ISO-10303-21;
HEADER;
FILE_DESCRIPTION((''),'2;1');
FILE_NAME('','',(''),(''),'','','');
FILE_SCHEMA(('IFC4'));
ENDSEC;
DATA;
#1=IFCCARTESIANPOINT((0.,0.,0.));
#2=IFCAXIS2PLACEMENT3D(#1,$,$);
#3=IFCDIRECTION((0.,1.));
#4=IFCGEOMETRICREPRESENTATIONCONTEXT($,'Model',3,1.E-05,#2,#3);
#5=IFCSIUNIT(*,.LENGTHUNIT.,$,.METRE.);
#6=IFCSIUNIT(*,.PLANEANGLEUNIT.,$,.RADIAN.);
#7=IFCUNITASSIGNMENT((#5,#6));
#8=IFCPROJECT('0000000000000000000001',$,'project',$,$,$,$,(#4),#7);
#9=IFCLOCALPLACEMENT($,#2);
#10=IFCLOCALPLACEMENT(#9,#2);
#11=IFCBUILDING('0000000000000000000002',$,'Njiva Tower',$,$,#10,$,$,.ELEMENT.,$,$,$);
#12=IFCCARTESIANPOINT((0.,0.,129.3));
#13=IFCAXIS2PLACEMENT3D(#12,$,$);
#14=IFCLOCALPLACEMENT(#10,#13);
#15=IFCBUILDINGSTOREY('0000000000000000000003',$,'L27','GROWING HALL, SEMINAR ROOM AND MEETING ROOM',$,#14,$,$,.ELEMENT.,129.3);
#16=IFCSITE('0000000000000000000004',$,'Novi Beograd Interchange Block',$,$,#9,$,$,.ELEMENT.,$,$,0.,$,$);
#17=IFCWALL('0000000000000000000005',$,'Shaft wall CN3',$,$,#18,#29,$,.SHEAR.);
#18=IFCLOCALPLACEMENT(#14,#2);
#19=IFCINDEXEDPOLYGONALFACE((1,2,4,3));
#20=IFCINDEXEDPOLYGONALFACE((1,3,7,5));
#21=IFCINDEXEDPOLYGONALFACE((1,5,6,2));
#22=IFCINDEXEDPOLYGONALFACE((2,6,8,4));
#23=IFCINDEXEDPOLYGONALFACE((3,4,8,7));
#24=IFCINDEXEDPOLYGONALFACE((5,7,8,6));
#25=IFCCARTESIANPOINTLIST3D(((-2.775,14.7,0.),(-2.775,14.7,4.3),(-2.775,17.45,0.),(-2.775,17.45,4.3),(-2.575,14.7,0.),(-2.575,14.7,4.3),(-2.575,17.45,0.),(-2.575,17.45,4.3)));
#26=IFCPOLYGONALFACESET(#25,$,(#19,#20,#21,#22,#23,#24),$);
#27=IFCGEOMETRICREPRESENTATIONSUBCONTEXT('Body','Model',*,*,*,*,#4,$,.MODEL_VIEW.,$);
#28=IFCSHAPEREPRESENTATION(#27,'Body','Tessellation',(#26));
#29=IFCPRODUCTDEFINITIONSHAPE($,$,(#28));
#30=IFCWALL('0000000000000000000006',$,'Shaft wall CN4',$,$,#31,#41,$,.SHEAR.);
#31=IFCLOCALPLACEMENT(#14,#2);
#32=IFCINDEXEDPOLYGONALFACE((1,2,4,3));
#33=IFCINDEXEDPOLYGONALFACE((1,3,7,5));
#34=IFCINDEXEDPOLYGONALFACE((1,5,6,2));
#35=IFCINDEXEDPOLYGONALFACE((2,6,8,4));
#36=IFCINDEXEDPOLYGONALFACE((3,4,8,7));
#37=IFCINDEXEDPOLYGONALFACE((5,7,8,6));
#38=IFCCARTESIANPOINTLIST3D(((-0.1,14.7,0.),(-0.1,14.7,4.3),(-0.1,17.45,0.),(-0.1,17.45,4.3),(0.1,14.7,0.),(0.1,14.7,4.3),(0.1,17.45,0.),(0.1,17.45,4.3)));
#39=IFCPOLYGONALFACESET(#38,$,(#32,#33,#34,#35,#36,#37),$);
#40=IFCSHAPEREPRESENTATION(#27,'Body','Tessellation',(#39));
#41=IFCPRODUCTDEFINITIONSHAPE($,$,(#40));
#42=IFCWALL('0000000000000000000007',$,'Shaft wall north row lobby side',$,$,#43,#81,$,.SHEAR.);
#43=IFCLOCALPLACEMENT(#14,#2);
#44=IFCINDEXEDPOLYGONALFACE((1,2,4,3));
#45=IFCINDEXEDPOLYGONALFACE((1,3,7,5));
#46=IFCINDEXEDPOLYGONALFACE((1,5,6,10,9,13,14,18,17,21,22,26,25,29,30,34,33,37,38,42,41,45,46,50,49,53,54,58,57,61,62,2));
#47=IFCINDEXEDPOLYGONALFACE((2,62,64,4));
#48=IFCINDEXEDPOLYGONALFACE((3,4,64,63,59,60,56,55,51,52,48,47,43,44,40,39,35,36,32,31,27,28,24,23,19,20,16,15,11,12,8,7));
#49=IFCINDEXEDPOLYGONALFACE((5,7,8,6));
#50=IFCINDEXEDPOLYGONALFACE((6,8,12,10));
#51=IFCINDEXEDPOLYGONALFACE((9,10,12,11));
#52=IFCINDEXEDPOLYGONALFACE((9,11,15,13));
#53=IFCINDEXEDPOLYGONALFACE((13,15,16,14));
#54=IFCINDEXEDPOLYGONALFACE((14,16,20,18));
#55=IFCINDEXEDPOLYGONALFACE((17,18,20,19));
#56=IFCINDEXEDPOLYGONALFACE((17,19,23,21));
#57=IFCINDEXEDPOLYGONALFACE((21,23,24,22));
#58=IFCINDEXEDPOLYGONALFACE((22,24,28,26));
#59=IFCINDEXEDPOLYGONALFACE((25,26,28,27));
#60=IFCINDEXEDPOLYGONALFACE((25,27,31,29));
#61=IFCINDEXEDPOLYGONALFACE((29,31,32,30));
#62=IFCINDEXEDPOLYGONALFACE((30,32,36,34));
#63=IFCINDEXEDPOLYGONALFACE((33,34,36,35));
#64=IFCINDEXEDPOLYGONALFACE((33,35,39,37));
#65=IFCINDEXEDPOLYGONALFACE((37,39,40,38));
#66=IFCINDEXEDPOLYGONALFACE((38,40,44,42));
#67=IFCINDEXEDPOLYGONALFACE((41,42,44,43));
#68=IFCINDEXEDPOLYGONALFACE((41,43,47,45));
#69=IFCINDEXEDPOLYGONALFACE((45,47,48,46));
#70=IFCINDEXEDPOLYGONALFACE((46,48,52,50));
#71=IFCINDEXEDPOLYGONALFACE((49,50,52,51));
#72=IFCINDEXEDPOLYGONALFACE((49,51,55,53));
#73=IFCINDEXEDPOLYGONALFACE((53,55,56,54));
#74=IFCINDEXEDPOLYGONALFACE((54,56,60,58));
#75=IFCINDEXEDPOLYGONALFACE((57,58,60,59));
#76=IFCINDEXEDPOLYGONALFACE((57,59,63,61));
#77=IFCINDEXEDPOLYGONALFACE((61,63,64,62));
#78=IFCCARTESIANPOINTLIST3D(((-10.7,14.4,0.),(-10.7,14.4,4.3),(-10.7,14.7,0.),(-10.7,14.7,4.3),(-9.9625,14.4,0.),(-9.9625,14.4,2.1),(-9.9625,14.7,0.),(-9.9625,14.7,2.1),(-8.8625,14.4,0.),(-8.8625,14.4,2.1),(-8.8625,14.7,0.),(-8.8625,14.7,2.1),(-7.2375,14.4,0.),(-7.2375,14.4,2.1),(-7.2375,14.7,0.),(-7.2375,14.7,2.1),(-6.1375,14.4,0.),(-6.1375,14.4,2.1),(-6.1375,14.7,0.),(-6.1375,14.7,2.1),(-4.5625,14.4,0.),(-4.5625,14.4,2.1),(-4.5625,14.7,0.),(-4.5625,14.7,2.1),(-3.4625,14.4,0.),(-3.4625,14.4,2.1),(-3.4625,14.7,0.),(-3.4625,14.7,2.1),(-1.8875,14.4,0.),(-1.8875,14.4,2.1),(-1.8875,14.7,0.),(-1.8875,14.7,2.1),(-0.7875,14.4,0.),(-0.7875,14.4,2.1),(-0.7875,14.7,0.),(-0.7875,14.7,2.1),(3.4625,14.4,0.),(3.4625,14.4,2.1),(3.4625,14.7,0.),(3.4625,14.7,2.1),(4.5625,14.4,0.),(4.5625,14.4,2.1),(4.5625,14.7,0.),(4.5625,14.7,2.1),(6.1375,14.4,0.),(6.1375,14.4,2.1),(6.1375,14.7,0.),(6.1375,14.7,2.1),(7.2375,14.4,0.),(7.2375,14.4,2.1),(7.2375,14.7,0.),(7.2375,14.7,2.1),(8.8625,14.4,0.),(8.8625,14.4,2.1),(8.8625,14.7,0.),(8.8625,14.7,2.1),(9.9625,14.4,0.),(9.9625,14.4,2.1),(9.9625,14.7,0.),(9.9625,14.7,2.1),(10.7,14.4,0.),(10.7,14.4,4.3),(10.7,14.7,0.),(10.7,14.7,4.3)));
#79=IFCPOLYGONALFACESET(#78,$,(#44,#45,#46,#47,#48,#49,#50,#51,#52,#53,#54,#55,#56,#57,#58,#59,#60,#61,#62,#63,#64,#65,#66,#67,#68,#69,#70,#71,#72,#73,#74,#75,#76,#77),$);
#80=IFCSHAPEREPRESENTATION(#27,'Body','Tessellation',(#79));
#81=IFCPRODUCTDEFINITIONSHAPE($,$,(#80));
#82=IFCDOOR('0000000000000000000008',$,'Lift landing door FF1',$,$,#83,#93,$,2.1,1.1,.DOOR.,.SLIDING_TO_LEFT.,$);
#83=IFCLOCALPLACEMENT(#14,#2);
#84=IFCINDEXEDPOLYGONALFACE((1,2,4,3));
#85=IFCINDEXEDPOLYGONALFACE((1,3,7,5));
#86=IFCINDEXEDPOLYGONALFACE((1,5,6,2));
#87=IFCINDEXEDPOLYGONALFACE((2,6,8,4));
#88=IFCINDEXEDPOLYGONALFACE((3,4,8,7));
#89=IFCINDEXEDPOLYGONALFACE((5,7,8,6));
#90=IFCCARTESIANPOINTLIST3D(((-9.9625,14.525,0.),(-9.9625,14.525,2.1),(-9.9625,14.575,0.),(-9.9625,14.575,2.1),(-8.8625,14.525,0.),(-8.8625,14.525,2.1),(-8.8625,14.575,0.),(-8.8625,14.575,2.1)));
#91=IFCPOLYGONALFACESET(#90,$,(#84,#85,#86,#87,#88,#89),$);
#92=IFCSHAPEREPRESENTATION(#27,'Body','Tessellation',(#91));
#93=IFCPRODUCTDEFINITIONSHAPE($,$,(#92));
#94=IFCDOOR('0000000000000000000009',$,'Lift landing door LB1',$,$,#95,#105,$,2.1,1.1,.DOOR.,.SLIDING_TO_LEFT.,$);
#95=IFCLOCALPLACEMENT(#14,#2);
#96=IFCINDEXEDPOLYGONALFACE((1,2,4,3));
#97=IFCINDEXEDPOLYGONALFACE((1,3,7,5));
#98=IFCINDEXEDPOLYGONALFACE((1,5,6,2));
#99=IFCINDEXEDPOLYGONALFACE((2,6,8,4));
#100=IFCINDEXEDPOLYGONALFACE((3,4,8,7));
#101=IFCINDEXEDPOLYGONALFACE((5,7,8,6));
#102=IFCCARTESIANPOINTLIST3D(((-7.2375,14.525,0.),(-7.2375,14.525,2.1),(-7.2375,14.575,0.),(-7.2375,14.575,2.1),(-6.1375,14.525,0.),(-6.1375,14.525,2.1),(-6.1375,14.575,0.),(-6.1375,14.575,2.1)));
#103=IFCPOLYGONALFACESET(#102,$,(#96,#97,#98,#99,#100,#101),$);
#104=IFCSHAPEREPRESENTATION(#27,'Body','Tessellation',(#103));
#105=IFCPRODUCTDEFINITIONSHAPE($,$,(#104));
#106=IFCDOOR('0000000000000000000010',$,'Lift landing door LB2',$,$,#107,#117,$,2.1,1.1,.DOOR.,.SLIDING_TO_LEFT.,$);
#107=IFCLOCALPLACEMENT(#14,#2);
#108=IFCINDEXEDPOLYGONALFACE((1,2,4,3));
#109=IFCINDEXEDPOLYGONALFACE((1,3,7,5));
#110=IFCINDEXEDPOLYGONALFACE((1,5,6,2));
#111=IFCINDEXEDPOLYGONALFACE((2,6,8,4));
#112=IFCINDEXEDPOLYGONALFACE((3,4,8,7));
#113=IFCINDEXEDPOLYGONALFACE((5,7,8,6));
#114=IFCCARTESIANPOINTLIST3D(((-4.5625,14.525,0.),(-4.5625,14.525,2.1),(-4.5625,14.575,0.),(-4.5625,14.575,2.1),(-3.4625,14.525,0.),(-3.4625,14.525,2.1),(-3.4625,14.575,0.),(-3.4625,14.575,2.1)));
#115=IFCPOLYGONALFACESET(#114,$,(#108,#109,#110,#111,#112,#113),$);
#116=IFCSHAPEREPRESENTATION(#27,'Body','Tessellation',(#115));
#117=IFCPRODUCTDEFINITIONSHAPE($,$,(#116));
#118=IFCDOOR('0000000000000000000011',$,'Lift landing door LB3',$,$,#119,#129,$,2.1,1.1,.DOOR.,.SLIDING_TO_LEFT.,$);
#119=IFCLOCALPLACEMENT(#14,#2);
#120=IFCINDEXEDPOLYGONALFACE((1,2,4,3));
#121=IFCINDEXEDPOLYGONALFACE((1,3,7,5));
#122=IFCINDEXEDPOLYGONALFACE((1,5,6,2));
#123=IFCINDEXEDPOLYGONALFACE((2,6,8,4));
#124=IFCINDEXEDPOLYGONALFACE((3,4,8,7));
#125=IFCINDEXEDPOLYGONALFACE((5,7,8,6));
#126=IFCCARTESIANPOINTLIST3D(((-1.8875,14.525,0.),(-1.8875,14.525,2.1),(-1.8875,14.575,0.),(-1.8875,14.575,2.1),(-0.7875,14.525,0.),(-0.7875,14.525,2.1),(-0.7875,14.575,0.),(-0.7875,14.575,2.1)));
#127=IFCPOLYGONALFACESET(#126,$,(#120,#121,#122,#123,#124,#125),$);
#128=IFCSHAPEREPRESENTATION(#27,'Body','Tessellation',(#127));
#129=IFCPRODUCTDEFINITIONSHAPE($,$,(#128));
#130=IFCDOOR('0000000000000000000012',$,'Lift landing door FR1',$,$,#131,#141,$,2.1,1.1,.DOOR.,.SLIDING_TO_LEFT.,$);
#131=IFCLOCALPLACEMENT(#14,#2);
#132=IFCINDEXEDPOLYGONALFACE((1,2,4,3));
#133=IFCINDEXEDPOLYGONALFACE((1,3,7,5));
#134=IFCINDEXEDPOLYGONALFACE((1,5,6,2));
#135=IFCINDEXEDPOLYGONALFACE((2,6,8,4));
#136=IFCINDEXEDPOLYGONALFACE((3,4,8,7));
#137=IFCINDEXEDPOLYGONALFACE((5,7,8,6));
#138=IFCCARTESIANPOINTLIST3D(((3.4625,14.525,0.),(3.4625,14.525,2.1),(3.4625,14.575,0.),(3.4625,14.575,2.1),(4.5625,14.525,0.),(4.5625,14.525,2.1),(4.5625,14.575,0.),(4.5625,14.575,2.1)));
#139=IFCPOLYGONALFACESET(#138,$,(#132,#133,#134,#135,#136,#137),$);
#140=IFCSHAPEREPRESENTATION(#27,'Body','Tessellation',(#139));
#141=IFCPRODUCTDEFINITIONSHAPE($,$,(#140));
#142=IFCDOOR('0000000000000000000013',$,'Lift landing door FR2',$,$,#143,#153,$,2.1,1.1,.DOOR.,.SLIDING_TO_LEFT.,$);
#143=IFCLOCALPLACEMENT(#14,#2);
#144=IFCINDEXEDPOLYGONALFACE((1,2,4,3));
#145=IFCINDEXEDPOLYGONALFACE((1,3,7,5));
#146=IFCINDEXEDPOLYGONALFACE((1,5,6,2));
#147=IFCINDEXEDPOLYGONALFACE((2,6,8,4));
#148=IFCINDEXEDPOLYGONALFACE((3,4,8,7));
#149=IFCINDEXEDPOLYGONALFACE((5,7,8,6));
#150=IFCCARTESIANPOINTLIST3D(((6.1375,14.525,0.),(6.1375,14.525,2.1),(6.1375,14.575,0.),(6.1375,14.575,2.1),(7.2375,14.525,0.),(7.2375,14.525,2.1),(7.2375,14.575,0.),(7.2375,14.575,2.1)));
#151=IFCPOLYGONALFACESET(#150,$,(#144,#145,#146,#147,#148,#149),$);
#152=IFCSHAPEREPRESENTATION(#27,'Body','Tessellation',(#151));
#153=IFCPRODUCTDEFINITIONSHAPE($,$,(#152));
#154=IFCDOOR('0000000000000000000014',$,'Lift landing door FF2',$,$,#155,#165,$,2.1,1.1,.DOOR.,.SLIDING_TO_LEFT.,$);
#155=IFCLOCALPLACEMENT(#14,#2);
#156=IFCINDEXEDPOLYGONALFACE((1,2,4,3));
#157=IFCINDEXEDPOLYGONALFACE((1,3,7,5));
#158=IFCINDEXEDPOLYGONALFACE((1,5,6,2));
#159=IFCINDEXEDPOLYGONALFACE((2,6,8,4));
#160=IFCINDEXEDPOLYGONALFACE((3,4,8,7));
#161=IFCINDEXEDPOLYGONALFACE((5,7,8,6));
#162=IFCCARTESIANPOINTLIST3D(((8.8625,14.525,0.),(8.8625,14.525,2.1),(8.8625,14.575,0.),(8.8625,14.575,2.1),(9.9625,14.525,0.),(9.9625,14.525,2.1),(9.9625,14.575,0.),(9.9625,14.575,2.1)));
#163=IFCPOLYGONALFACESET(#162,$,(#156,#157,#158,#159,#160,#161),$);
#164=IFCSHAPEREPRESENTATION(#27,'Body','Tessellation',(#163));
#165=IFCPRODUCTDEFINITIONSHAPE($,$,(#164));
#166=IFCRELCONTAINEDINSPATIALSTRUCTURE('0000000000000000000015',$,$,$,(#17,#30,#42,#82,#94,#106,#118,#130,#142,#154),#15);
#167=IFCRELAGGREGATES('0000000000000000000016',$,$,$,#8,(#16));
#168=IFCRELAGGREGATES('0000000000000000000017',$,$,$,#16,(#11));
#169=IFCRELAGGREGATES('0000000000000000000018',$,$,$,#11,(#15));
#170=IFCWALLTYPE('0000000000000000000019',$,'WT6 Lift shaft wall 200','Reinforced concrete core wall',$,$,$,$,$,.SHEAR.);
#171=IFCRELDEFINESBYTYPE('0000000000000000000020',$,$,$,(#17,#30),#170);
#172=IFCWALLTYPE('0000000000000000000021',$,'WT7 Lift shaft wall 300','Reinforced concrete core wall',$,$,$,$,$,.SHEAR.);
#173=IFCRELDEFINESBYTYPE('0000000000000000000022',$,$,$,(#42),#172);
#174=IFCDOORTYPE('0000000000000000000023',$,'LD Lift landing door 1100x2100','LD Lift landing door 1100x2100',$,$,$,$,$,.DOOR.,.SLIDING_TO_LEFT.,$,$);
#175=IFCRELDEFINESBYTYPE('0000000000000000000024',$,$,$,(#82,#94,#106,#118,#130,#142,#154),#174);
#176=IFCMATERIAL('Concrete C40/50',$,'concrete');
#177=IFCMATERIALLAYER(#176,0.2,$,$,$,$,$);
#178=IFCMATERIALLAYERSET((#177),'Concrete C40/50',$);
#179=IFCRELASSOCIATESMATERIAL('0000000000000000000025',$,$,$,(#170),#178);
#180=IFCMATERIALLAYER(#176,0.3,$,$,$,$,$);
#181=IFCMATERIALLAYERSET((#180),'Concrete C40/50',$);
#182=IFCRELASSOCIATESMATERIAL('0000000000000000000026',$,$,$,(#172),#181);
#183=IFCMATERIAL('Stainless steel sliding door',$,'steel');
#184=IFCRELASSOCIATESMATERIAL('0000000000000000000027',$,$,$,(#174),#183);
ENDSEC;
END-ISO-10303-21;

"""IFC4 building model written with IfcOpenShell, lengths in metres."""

from ifc_helpers import new_model, si_unit, direction, frame, frame_2d, origin, place, context, subcontext, project, spatial, rectangle, extrude, material, layer, layer_set, type_object, element, fill, save


model = new_model("IFC4")

# Units and contexts
model_context = context("Model", 3, precision=1e-05, world=origin(), true_north=direction((0.0, 1.0)))
body_context = subcontext(model_context, "Body", "Model", "MODEL_VIEW")
ifc_project = project(units=[si_unit("LENGTHUNIT", "METRE"), si_unit("PLANEANGLEUNIT", "RADIAN")], contexts=[model_context])

# Site, building, storey
site_placement = place(None, origin())
site = spatial("IfcSite", under=ifc_project, at=site_placement, Name="Novi Beograd Interchange Block", CompositionType="ELEMENT", RefElevation=0.0)
building_placement = place(site_placement, origin())
building = spatial("IfcBuilding", under=site, at=building_placement, Name="Njiva Tower", CompositionType="ELEMENT")
storey_placement = place(building_placement, frame((0.0, 0.0, 129.3)))
storey = spatial("IfcBuildingStorey", under=building, at=storey_placement, Name="L27", Description="GROWING HALL, SEMINAR ROOM AND MEETING ROOM", CompositionType="ELEMENT", Elevation=129.3)

# Walls
ifc_material_1 = material(Name="Concrete C40/50", Category="concrete")
ifc_layer_1 = layer(ifc_material_1, 0.2)
ifc_layer_set_1 = layer_set([ifc_layer_1], Name="Concrete C40/50")
wall_type_1 = type_object("IfcWallType", Name="WT6 Lift shaft wall 200", Description="Reinforced concrete core wall", PredefinedType="SHEAR", material=ifc_layer_set_1)
for number, where, z_axis, x_axis, name in (
    (1, (-2.675, 14.7, 0.0), (0.0, 0.0, 1.0), (0.0, 1.0, 0.0), "Shaft wall CN3"),
    (2, (0.0, 14.7, 0.0), (0.0, 0.0, 1.0), (0.0, 1.0, 0.0), "Shaft wall CN4"),
):
    element("IfcWall", number, at=place(storey_placement, frame(where, z_axis=z_axis, x_axis=x_axis)), inside=storey, type_object=wall_type_1, Name=name, PredefinedType="SHEAR", context=body_context, shape_type="SweptSolid", body=[
        extrude(rectangle(XDim=2.75, YDim=0.2, at=frame_2d((1.375, 0.0))), origin(), (0.0, 0.0, 1.0), 4.3),
    ])

# Wall, openings, doors
ifc_layer_2 = layer(ifc_material_1, 0.3)
ifc_layer_set_2 = layer_set([ifc_layer_2], Name="Concrete C40/50")
wall_type_2 = type_object("IfcWallType", Name="WT7 Lift shaft wall 300", Description="Reinforced concrete core wall", PredefinedType="SHEAR", material=ifc_layer_set_2)
wall_1_placement = place(storey_placement, frame((-10.7, 14.55, 0.0), z_axis=(0.0, 0.0, 1.0), x_axis=(1.0, 0.0, 0.0)))
wall_1 = element("IfcWall", 3, at=wall_1_placement, inside=storey, type_object=wall_type_2, Name="Shaft wall north row lobby side", PredefinedType="SHEAR", context=body_context, shape_type="SweptSolid", body=[
    extrude(rectangle(XDim=21.4, YDim=0.3, at=frame_2d((10.7, 0.0))), origin(), (0.0, 0.0, 1.0), 4.3),
])
opening_1_placement = place(wall_1_placement, frame((0.7375, 0.0, 0.0)))
opening_1 = element("IfcOpeningElement", 4, at=opening_1_placement, cuts=wall_1, PredefinedType="OPENING", context=body_context, shape_type="SweptSolid", body=[
    extrude(rectangle(XDim=1.1, YDim=2.1, at=frame_2d((0.55, 1.05))), frame((0.0, 0.16, 0.0), z_axis=(0.0, -1.0, 0.0), x_axis=(1.0, 0.0, 0.0)), (0.0, 0.0, 1.0), 0.32),
])
opening_2_placement = place(wall_1_placement, frame((3.4625, 0.0, 0.0)))
opening_2 = element("IfcOpeningElement", 5, at=opening_2_placement, cuts=wall_1, PredefinedType="OPENING", context=body_context, shape_type="SweptSolid", body=[
    extrude(rectangle(XDim=1.1, YDim=2.1, at=frame_2d((0.55, 1.05))), frame((0.0, 0.16, 0.0), z_axis=(0.0, -1.0, 0.0), x_axis=(1.0, 0.0, 0.0)), (0.0, 0.0, 1.0), 0.32),
])
opening_3_placement = place(wall_1_placement, frame((6.1375, 0.0, 0.0)))
opening_3 = element("IfcOpeningElement", 6, at=opening_3_placement, cuts=wall_1, PredefinedType="OPENING", context=body_context, shape_type="SweptSolid", body=[
    extrude(rectangle(XDim=1.1, YDim=2.1, at=frame_2d((0.55, 1.05))), frame((0.0, 0.16, 0.0), z_axis=(0.0, -1.0, 0.0), x_axis=(1.0, 0.0, 0.0)), (0.0, 0.0, 1.0), 0.32),
])
opening_4_placement = place(wall_1_placement, frame((8.8125, 0.0, 0.0)))
opening_4 = element("IfcOpeningElement", 7, at=opening_4_placement, cuts=wall_1, PredefinedType="OPENING", context=body_context, shape_type="SweptSolid", body=[
    extrude(rectangle(XDim=1.1, YDim=2.1, at=frame_2d((0.55, 1.05))), frame((0.0, 0.16, 0.0), z_axis=(0.0, -1.0, 0.0), x_axis=(1.0, 0.0, 0.0)), (0.0, 0.0, 1.0), 0.32),
])
opening_5_placement = place(wall_1_placement, frame((14.1625, 0.0, 0.0)))
opening_5 = element("IfcOpeningElement", 8, at=opening_5_placement, cuts=wall_1, PredefinedType="OPENING", context=body_context, shape_type="SweptSolid", body=[
    extrude(rectangle(XDim=1.1, YDim=2.1, at=frame_2d((0.55, 1.05))), frame((0.0, 0.16, 0.0), z_axis=(0.0, -1.0, 0.0), x_axis=(1.0, 0.0, 0.0)), (0.0, 0.0, 1.0), 0.32),
])
opening_6_placement = place(wall_1_placement, frame((16.8375, 0.0, 0.0)))
opening_6 = element("IfcOpeningElement", 9, at=opening_6_placement, cuts=wall_1, PredefinedType="OPENING", context=body_context, shape_type="SweptSolid", body=[
    extrude(rectangle(XDim=1.1, YDim=2.1, at=frame_2d((0.55, 1.05))), frame((0.0, 0.16, 0.0), z_axis=(0.0, -1.0, 0.0), x_axis=(1.0, 0.0, 0.0)), (0.0, 0.0, 1.0), 0.32),
])
opening_7_placement = place(wall_1_placement, frame((19.5625, 0.0, 0.0)))
opening_7 = element("IfcOpeningElement", 10, at=opening_7_placement, cuts=wall_1, PredefinedType="OPENING", context=body_context, shape_type="SweptSolid", body=[
    extrude(rectangle(XDim=1.1, YDim=2.1, at=frame_2d((0.55, 1.05))), frame((0.0, 0.16, 0.0), z_axis=(0.0, -1.0, 0.0), x_axis=(1.0, 0.0, 0.0)), (0.0, 0.0, 1.0), 0.32),
])
ifc_material_2 = material(Name="Stainless steel sliding door", Category="steel")
door_type = type_object("IfcDoorType", Name="LD Lift landing door 1100x2100", Description="LD Lift landing door 1100x2100", OperationType="SLIDING_TO_LEFT", PredefinedType="DOOR", material=ifc_material_2)
door_1_placement = place(opening_1_placement, origin())
door_1 = element("IfcDoor", 11, at=door_1_placement, inside=storey, type_object=door_type, Name="Lift landing door FF1", OperationType="SLIDING_TO_LEFT", OverallHeight=2.1, OverallWidth=1.1, PredefinedType="DOOR", context=body_context, shape_type="SweptSolid", body=[
    extrude(rectangle(XDim=1.1, YDim=2.1, at=frame_2d((0.55, 1.05))), frame((0.0, 0.025, 0.0), z_axis=(0.0, -1.0, 0.0), x_axis=(1.0, 0.0, 0.0)), (0.0, 0.0, 1.0), 0.05),
])
fill(opening_1, door_1)
door_2_placement = place(opening_2_placement, origin())
door_2 = element("IfcDoor", 12, at=door_2_placement, inside=storey, type_object=door_type, Name="Lift landing door LB1", OperationType="SLIDING_TO_LEFT", OverallHeight=2.1, OverallWidth=1.1, PredefinedType="DOOR", context=body_context, shape_type="SweptSolid", body=[
    extrude(rectangle(XDim=1.1, YDim=2.1, at=frame_2d((0.55, 1.05))), frame((0.0, 0.025, 0.0), z_axis=(0.0, -1.0, 0.0), x_axis=(1.0, 0.0, 0.0)), (0.0, 0.0, 1.0), 0.05),
])
fill(opening_2, door_2)
door_3_placement = place(opening_3_placement, origin())
door_3 = element("IfcDoor", 13, at=door_3_placement, inside=storey, type_object=door_type, Name="Lift landing door LB2", OperationType="SLIDING_TO_LEFT", OverallHeight=2.1, OverallWidth=1.1, PredefinedType="DOOR", context=body_context, shape_type="SweptSolid", body=[
    extrude(rectangle(XDim=1.1, YDim=2.1, at=frame_2d((0.55, 1.05))), frame((0.0, 0.025, 0.0), z_axis=(0.0, -1.0, 0.0), x_axis=(1.0, 0.0, 0.0)), (0.0, 0.0, 1.0), 0.05),
])
fill(opening_3, door_3)
door_4_placement = place(opening_4_placement, origin())
door_4 = element("IfcDoor", 14, at=door_4_placement, inside=storey, type_object=door_type, Name="Lift landing door LB3", OperationType="SLIDING_TO_LEFT", OverallHeight=2.1, OverallWidth=1.1, PredefinedType="DOOR", context=body_context, shape_type="SweptSolid", body=[
    extrude(rectangle(XDim=1.1, YDim=2.1, at=frame_2d((0.55, 1.05))), frame((0.0, 0.025, 0.0), z_axis=(0.0, -1.0, 0.0), x_axis=(1.0, 0.0, 0.0)), (0.0, 0.0, 1.0), 0.05),
])
fill(opening_4, door_4)
door_5_placement = place(opening_5_placement, origin())
door_5 = element("IfcDoor", 15, at=door_5_placement, inside=storey, type_object=door_type, Name="Lift landing door FR1", OperationType="SLIDING_TO_LEFT", OverallHeight=2.1, OverallWidth=1.1, PredefinedType="DOOR", context=body_context, shape_type="SweptSolid", body=[
    extrude(rectangle(XDim=1.1, YDim=2.1, at=frame_2d((0.55, 1.05))), frame((0.0, 0.025, 0.0), z_axis=(0.0, -1.0, 0.0), x_axis=(1.0, 0.0, 0.0)), (0.0, 0.0, 1.0), 0.05),
])
fill(opening_5, door_5)
door_6_placement = place(opening_6_placement, origin())
door_6 = element("IfcDoor", 16, at=door_6_placement, inside=storey, type_object=door_type, Name="Lift landing door FR2", OperationType="SLIDING_TO_LEFT", OverallHeight=2.1, OverallWidth=1.1, PredefinedType="DOOR", context=body_context, shape_type="SweptSolid", body=[
    extrude(rectangle(XDim=1.1, YDim=2.1, at=frame_2d((0.55, 1.05))), frame((0.0, 0.025, 0.0), z_axis=(0.0, -1.0, 0.0), x_axis=(1.0, 0.0, 0.0)), (0.0, 0.0, 1.0), 0.05),
])
fill(opening_6, door_6)
door_7_placement = place(opening_7_placement, origin())
door_7 = element("IfcDoor", 17, at=door_7_placement, inside=storey, type_object=door_type, Name="Lift landing door FF2", OperationType="SLIDING_TO_LEFT", OverallHeight=2.1, OverallWidth=1.1, PredefinedType="DOOR", context=body_context, shape_type="SweptSolid", body=[
    extrude(rectangle(XDim=1.1, YDim=2.1, at=frame_2d((0.55, 1.05))), frame((0.0, 0.025, 0.0), z_axis=(0.0, -1.0, 0.0), x_axis=(1.0, 0.0, 0.0)), (0.0, 0.0, 1.0), 0.05),
])
fill(opening_7, door_7)

save(model, "model.ifc")
